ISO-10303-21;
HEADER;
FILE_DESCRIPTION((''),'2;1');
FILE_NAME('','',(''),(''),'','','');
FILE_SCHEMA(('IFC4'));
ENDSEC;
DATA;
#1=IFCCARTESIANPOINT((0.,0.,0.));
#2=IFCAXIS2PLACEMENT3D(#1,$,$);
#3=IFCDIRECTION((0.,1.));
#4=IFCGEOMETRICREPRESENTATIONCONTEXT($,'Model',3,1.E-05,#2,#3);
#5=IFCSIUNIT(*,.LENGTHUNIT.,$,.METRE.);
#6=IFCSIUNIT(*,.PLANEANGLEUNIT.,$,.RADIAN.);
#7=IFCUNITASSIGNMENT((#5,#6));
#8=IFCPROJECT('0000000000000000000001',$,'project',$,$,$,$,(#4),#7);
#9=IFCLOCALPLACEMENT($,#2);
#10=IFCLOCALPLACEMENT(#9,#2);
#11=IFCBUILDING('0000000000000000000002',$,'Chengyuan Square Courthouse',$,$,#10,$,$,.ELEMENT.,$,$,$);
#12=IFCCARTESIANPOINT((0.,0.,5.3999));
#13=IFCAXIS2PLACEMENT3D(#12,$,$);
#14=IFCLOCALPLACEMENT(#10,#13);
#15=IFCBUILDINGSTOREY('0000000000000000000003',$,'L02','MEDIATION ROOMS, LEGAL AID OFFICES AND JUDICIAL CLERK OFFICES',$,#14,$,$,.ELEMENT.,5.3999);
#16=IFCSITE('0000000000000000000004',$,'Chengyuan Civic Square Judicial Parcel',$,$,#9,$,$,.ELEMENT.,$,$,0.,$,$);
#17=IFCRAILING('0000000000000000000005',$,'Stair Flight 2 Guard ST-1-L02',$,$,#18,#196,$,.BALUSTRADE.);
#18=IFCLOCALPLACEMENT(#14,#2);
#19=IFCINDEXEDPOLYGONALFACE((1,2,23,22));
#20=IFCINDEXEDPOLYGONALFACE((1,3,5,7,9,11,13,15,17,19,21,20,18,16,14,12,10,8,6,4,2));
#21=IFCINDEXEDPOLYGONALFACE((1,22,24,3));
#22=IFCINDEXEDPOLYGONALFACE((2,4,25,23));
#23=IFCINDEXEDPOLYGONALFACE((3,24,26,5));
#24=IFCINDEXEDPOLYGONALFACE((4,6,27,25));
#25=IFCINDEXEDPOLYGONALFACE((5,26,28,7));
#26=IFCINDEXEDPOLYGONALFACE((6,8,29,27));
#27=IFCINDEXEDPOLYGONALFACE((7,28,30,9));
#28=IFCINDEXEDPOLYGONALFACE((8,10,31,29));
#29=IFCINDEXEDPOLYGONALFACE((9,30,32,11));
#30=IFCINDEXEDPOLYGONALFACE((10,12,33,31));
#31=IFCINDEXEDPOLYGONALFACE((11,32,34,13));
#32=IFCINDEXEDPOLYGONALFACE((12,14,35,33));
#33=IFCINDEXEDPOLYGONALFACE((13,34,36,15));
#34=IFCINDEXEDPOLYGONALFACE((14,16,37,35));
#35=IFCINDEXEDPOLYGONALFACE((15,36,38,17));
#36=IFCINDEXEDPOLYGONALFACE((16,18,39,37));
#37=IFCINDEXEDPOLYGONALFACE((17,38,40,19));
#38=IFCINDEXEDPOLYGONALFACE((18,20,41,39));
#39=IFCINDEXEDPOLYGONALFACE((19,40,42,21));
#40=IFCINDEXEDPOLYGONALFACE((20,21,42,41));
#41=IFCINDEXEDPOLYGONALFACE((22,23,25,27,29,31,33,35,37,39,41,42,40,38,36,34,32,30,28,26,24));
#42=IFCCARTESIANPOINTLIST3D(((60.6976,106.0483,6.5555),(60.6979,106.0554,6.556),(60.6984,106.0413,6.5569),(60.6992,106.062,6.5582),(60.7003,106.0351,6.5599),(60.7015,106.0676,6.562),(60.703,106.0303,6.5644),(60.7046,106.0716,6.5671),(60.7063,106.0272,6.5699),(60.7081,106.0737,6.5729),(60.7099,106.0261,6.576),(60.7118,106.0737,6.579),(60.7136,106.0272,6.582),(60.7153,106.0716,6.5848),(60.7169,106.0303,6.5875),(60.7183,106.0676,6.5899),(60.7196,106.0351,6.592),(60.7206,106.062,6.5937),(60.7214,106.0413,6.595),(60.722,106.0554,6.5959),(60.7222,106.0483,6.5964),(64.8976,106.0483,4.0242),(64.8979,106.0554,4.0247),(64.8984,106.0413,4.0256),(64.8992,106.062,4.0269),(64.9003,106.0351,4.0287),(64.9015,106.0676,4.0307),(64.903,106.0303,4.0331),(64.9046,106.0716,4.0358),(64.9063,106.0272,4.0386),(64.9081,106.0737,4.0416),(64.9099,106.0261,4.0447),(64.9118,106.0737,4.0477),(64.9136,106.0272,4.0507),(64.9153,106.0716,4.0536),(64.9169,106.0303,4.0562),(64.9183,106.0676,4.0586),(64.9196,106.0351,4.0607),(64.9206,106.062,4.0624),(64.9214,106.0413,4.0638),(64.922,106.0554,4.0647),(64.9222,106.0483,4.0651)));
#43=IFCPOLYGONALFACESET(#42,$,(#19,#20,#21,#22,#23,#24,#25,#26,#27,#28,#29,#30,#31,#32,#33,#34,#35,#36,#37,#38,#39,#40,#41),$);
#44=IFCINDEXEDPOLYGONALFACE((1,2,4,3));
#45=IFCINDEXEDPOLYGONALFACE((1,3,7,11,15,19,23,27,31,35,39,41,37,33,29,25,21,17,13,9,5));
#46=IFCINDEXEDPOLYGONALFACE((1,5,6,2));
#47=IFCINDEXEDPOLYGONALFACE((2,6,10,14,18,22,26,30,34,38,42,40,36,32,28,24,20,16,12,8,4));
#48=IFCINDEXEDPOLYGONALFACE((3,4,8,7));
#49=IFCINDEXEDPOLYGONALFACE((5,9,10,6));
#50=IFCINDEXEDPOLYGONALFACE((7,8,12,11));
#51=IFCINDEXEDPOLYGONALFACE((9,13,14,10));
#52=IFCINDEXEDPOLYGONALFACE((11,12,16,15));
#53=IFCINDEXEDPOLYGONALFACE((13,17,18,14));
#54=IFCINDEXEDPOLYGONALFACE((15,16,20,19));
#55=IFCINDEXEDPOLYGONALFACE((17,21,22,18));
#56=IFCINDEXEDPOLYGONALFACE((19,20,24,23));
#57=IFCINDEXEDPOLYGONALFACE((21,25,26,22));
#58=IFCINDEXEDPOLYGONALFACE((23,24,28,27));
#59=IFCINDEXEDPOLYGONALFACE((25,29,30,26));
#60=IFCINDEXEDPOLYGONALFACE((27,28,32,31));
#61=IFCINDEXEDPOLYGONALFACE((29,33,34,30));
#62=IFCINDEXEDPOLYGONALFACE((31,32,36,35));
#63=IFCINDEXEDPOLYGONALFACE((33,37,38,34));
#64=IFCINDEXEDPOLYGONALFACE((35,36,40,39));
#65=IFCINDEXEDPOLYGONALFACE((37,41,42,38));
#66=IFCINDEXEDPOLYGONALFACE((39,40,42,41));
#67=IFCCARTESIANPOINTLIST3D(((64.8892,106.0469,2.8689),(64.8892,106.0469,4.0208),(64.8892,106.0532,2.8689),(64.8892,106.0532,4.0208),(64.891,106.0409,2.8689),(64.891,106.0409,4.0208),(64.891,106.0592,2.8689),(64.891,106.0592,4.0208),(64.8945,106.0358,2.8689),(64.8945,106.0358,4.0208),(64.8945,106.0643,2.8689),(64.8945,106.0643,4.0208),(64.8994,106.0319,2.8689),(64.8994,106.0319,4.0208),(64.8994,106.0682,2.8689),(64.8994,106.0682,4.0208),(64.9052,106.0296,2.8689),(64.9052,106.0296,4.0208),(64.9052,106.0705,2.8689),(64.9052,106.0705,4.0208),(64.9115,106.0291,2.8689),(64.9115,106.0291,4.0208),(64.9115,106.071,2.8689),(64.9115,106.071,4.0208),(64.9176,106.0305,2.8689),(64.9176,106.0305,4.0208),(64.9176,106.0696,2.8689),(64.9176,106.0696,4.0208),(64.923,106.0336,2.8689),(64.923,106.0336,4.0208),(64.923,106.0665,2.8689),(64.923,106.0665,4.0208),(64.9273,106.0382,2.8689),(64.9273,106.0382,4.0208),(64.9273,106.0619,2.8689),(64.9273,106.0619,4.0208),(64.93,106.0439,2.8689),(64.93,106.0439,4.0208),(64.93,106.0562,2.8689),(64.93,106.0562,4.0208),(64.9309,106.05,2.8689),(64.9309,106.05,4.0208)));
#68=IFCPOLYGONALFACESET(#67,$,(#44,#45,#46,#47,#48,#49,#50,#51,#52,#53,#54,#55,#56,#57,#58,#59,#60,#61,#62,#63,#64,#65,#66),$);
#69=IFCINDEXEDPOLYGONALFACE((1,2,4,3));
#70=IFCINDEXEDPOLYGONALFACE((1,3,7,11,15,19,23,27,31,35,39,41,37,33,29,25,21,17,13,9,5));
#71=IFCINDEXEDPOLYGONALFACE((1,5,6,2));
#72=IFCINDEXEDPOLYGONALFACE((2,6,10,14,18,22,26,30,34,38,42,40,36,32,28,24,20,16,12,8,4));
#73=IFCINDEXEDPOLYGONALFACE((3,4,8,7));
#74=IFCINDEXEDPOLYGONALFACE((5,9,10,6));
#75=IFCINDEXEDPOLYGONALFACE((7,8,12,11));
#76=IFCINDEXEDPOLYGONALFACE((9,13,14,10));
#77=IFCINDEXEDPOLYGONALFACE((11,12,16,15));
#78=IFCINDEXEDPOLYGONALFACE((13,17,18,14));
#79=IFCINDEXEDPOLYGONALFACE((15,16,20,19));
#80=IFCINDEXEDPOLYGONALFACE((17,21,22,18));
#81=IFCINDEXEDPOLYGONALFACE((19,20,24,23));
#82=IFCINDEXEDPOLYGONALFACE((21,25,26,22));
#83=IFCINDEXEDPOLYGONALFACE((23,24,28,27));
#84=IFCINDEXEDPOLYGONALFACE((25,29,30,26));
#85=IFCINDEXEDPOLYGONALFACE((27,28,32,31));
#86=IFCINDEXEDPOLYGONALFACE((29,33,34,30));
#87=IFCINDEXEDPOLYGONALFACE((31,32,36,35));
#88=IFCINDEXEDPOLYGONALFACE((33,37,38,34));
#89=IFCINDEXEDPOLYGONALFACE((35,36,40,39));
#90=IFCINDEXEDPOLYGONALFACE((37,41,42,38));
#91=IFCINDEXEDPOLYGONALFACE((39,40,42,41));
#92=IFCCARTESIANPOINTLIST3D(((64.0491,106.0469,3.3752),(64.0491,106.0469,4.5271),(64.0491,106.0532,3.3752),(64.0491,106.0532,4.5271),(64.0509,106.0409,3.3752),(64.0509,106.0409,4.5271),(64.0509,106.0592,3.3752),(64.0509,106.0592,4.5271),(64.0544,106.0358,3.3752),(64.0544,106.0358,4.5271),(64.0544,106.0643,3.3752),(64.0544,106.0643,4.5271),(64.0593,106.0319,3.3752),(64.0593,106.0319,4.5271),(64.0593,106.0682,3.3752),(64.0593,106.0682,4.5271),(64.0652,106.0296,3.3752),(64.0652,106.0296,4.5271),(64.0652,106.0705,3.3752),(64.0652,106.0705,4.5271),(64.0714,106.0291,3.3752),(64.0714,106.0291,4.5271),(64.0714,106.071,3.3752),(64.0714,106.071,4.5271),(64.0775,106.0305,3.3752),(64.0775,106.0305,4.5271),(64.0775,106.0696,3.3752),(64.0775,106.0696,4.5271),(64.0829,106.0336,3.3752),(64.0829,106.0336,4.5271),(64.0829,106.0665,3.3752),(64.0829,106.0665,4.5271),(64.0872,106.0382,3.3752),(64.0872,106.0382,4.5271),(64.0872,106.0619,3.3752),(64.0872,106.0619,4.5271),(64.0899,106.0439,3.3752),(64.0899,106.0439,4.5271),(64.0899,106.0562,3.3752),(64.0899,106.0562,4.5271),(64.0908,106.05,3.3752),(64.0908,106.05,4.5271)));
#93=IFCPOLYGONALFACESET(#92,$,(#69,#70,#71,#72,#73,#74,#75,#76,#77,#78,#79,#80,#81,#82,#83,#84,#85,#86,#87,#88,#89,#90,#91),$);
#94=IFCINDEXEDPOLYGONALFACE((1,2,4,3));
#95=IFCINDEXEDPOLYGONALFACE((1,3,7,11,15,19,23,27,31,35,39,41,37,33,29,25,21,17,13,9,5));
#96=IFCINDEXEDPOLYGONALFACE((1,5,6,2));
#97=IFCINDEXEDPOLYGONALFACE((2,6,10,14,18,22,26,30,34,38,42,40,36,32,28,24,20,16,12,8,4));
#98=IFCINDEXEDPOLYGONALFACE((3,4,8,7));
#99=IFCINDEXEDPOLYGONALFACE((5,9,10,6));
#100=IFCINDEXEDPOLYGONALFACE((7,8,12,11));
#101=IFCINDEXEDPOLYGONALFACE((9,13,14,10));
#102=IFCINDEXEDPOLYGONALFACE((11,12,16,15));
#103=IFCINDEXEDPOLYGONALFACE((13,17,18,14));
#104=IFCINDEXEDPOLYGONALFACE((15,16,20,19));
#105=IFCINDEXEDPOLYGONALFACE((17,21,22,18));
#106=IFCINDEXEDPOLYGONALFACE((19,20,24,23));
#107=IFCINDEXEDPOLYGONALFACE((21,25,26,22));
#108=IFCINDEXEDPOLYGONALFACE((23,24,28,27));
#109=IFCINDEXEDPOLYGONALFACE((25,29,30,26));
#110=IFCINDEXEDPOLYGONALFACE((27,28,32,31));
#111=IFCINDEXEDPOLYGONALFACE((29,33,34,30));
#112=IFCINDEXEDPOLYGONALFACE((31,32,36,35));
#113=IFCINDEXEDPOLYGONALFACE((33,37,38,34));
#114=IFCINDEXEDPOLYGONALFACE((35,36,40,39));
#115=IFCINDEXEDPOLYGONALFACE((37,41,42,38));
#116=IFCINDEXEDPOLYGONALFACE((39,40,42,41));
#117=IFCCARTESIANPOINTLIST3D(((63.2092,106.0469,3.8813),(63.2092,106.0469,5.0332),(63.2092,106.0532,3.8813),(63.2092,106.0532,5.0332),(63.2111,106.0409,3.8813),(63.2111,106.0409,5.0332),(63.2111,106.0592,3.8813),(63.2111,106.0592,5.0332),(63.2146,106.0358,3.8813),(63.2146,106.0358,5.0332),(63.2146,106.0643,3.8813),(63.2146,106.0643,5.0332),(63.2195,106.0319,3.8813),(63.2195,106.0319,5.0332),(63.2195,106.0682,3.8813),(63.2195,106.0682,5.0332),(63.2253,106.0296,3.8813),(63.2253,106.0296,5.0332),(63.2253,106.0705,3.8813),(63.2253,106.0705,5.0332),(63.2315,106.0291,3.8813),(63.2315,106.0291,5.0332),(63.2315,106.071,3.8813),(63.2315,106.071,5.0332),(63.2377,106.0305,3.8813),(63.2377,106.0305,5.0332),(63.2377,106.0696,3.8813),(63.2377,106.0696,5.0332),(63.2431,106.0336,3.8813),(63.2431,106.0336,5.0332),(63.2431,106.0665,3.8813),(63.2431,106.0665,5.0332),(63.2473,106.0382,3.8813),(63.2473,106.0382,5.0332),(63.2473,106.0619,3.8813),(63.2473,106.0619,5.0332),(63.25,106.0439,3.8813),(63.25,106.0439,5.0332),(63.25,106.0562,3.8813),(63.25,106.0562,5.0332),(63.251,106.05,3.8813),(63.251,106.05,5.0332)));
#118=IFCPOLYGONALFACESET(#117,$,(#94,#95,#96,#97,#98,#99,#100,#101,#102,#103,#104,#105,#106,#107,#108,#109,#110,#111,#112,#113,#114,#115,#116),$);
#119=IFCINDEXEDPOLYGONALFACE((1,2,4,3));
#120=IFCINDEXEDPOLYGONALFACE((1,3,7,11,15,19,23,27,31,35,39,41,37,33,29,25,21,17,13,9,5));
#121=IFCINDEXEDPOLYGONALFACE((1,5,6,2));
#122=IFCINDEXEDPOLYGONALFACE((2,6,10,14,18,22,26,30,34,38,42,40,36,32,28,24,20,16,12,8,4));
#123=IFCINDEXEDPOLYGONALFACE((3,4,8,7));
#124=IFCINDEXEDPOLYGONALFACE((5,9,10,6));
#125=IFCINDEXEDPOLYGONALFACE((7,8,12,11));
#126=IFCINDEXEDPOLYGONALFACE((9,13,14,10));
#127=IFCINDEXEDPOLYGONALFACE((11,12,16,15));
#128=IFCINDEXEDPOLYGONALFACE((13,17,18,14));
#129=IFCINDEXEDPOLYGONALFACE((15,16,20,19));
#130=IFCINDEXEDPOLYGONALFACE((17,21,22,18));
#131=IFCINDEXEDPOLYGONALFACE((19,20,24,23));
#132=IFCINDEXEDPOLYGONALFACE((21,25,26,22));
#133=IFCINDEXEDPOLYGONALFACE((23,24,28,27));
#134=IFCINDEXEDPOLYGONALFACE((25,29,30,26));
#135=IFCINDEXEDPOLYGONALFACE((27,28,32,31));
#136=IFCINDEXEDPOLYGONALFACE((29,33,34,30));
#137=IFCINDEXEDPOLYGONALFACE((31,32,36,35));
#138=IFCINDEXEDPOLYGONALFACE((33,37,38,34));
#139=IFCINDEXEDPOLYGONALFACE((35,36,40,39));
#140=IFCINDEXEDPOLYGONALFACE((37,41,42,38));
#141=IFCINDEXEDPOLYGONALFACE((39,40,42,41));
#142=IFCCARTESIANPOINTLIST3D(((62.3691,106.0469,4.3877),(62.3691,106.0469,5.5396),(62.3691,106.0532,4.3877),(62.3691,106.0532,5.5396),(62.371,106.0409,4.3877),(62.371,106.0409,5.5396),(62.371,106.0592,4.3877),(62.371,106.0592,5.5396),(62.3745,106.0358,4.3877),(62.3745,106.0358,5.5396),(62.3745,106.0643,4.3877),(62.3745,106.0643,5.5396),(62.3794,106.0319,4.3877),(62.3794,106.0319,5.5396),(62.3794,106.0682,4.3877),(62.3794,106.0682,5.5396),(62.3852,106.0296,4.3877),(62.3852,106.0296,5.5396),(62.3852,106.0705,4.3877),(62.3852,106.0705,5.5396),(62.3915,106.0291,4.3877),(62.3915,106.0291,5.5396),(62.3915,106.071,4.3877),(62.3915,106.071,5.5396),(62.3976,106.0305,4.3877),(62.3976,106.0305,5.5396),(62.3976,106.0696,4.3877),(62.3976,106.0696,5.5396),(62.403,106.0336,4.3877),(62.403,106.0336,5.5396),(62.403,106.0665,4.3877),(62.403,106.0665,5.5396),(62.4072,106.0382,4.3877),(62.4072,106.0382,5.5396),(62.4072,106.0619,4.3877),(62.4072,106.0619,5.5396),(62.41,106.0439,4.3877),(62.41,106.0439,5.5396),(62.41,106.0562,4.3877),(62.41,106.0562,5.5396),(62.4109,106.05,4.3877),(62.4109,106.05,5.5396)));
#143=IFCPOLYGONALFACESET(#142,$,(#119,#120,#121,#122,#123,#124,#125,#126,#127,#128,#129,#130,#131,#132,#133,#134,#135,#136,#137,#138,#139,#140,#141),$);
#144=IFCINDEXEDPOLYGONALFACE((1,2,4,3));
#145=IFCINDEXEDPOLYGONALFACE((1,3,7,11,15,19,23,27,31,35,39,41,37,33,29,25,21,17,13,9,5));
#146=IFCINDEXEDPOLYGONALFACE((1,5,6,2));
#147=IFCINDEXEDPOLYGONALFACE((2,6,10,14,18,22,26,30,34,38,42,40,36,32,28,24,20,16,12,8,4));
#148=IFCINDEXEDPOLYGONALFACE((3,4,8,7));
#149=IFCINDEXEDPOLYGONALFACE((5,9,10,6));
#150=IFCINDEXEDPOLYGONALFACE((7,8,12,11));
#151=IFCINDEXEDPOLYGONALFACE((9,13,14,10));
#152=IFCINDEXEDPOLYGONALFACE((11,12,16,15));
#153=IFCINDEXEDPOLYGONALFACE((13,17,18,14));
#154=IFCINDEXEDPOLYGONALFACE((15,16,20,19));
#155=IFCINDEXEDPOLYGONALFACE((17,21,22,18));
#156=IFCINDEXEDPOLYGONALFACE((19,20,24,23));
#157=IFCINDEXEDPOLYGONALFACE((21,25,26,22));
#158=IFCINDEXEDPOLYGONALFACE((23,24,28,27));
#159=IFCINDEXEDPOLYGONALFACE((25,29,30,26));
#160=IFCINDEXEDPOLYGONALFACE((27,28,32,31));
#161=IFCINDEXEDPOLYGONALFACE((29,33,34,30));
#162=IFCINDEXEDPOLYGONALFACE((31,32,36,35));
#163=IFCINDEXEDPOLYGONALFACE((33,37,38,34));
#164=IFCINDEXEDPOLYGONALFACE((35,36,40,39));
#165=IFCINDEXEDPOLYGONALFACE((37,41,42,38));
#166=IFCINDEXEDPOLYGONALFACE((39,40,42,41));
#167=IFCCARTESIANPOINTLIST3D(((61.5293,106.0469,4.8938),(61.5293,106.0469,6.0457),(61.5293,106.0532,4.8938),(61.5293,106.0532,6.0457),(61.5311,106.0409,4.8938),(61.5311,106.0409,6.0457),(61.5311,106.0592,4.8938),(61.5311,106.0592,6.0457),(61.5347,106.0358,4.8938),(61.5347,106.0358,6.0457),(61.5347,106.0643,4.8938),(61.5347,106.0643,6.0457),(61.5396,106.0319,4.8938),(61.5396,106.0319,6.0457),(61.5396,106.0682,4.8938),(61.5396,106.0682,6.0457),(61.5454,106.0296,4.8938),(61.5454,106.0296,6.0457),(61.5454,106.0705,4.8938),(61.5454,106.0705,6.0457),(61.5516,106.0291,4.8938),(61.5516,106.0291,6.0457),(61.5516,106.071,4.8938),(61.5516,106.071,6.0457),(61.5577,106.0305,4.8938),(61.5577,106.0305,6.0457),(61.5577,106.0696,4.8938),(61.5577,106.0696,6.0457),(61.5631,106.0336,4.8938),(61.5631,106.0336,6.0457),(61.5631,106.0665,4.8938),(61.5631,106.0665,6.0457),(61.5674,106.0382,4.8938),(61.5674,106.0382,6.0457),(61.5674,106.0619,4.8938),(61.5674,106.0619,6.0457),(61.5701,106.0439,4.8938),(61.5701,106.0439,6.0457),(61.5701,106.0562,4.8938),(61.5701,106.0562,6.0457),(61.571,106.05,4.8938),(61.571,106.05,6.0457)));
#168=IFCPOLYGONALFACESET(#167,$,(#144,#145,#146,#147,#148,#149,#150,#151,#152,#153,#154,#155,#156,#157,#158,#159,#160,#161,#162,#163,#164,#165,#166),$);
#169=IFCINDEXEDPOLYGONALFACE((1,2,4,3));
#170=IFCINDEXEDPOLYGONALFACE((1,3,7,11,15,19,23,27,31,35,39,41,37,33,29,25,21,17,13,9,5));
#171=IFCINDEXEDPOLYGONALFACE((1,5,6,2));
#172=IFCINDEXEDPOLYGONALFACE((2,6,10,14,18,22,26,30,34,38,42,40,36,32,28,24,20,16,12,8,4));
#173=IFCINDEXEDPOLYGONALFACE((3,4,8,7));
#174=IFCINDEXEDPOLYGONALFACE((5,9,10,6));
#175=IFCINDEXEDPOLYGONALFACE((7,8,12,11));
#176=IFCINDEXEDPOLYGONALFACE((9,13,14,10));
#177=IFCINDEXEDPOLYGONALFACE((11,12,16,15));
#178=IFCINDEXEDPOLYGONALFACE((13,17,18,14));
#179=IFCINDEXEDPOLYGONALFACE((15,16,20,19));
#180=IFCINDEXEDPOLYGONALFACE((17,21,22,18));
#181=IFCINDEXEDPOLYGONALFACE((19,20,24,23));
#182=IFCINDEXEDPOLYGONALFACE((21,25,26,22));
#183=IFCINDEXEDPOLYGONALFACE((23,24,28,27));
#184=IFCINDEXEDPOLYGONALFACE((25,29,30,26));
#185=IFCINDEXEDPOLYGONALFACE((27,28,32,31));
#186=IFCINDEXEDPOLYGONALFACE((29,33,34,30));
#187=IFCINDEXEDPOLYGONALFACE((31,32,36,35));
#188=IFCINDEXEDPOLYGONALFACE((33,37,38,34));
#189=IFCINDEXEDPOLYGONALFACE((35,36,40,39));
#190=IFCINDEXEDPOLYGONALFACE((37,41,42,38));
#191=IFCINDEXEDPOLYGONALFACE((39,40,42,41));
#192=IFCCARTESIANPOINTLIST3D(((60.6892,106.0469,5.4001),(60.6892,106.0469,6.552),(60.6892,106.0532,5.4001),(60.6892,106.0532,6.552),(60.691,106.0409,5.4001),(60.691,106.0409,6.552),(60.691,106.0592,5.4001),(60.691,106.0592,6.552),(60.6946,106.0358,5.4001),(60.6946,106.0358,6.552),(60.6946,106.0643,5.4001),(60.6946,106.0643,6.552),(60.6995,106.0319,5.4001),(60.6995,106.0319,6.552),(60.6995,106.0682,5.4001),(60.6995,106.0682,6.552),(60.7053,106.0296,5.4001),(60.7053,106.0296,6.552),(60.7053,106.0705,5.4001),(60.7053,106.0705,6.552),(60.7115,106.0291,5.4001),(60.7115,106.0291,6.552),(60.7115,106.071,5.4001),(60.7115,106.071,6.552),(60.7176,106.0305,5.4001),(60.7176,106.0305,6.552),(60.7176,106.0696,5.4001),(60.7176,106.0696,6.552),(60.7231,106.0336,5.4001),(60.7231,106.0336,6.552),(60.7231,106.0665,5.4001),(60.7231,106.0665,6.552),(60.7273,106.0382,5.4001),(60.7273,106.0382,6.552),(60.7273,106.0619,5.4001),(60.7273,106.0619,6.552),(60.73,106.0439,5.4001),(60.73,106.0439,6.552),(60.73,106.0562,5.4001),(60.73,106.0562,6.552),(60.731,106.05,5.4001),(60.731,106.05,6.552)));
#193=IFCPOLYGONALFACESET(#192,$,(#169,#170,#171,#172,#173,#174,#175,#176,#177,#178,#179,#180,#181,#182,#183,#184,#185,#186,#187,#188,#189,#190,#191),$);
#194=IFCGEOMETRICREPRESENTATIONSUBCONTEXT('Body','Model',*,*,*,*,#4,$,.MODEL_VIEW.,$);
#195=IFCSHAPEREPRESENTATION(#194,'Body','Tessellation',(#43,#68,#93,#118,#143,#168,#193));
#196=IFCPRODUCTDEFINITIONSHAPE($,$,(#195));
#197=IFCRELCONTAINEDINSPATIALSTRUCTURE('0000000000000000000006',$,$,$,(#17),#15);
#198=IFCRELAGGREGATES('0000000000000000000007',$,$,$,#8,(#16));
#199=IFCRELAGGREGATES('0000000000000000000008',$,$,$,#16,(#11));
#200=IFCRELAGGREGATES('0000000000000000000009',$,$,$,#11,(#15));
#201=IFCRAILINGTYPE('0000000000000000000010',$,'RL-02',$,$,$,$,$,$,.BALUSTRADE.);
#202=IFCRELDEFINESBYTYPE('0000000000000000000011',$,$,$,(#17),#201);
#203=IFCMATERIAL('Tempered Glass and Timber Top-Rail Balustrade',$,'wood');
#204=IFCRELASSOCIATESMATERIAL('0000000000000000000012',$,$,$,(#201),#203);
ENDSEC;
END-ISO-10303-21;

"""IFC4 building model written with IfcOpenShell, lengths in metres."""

from ifc_helpers import new_model, si_unit, direction, frame, origin, origin_2d, place, context, subcontext, project, spatial, circle, extrude, material, type_object, element, save


model = new_model("IFC4")

# Units and contexts
model_context = context("Model", 3, precision=1e-05, world=origin(), true_north=direction((0.0, 1.0)))
body_context = subcontext(model_context, "Body", "Model", "MODEL_VIEW")
ifc_project = project(units=[si_unit("LENGTHUNIT", "METRE"), si_unit("PLANEANGLEUNIT", "RADIAN")], contexts=[model_context])

# Site, building, storey
site_placement = place(None, origin())
site = spatial("IfcSite", under=ifc_project, at=site_placement, Name="Chengyuan Civic Square Judicial Parcel", CompositionType="ELEMENT", RefElevation=0.0)
building_placement = place(site_placement, origin())
building = spatial("IfcBuilding", under=site, at=building_placement, Name="Chengyuan Square Courthouse", CompositionType="ELEMENT")
storey_placement = place(building_placement, frame((0.0, 0.0, 5.3999)))
storey = spatial("IfcBuildingStorey", under=building, at=storey_placement, Name="L02", Description="MEDIATION ROOMS, LEGAL AID OFFICES AND JUDICIAL CLERK OFFICES", CompositionType="ELEMENT", Elevation=5.3999)

# Railing
ifc_material_1 = material(Name="Tempered Glass and Timber Top-Rail Balustrade", Category="wood")
railing_type_1 = type_object("IfcRailingType", Name="RL-02", PredefinedType="BALUSTRADE", material=ifc_material_1)
railing_1_placement = place(storey_placement, frame((64.9099, 106.05, 2.8689)))
element("IfcRailing", 1, at=railing_1_placement, inside=storey, type_object=railing_type_1, Name="Stair Flight 2 Guard ST-1-L02", PredefinedType="BALUSTRADE", context=body_context, shape_type="SweptSolid", body=[
    extrude(circle(Radius=0.0239, at=origin_2d()), frame((0.0, 0.0, 1.1758), z_axis=(-0.856476, 0.0, 0.516186), x_axis=(0.0, -1.0, 0.0)), (0.0, 0.0, 1.0), 4.9038),
    extrude(circle(Radius=0.021, at=origin_2d()), origin(), (0.0, 0.0, 1.0), 1.1519),
    extrude(circle(Radius=0.021, at=origin_2d()), frame((-0.8401, 0.0, 0.5063)), (0.0, 0.0, 1.0), 1.1519),
    extrude(circle(Radius=0.021, at=origin_2d()), frame((-1.6799, 0.0, 1.0125)), (0.0, 0.0, 1.0), 1.1519),
    extrude(circle(Radius=0.021, at=origin_2d()), frame((-2.52, 0.0, 1.5188)), (0.0, 0.0, 1.0), 1.1519),
    extrude(circle(Radius=0.021, at=origin_2d()), frame((-3.3599, 0.0, 2.0249)), (0.0, 0.0, 1.0), 1.1519),
    extrude(circle(Radius=0.021, at=origin_2d()), frame((-4.2, 0.0, 2.5312)), (0.0, 0.0, 1.0), 1.1519),
])

save(model, "model.ifc")
